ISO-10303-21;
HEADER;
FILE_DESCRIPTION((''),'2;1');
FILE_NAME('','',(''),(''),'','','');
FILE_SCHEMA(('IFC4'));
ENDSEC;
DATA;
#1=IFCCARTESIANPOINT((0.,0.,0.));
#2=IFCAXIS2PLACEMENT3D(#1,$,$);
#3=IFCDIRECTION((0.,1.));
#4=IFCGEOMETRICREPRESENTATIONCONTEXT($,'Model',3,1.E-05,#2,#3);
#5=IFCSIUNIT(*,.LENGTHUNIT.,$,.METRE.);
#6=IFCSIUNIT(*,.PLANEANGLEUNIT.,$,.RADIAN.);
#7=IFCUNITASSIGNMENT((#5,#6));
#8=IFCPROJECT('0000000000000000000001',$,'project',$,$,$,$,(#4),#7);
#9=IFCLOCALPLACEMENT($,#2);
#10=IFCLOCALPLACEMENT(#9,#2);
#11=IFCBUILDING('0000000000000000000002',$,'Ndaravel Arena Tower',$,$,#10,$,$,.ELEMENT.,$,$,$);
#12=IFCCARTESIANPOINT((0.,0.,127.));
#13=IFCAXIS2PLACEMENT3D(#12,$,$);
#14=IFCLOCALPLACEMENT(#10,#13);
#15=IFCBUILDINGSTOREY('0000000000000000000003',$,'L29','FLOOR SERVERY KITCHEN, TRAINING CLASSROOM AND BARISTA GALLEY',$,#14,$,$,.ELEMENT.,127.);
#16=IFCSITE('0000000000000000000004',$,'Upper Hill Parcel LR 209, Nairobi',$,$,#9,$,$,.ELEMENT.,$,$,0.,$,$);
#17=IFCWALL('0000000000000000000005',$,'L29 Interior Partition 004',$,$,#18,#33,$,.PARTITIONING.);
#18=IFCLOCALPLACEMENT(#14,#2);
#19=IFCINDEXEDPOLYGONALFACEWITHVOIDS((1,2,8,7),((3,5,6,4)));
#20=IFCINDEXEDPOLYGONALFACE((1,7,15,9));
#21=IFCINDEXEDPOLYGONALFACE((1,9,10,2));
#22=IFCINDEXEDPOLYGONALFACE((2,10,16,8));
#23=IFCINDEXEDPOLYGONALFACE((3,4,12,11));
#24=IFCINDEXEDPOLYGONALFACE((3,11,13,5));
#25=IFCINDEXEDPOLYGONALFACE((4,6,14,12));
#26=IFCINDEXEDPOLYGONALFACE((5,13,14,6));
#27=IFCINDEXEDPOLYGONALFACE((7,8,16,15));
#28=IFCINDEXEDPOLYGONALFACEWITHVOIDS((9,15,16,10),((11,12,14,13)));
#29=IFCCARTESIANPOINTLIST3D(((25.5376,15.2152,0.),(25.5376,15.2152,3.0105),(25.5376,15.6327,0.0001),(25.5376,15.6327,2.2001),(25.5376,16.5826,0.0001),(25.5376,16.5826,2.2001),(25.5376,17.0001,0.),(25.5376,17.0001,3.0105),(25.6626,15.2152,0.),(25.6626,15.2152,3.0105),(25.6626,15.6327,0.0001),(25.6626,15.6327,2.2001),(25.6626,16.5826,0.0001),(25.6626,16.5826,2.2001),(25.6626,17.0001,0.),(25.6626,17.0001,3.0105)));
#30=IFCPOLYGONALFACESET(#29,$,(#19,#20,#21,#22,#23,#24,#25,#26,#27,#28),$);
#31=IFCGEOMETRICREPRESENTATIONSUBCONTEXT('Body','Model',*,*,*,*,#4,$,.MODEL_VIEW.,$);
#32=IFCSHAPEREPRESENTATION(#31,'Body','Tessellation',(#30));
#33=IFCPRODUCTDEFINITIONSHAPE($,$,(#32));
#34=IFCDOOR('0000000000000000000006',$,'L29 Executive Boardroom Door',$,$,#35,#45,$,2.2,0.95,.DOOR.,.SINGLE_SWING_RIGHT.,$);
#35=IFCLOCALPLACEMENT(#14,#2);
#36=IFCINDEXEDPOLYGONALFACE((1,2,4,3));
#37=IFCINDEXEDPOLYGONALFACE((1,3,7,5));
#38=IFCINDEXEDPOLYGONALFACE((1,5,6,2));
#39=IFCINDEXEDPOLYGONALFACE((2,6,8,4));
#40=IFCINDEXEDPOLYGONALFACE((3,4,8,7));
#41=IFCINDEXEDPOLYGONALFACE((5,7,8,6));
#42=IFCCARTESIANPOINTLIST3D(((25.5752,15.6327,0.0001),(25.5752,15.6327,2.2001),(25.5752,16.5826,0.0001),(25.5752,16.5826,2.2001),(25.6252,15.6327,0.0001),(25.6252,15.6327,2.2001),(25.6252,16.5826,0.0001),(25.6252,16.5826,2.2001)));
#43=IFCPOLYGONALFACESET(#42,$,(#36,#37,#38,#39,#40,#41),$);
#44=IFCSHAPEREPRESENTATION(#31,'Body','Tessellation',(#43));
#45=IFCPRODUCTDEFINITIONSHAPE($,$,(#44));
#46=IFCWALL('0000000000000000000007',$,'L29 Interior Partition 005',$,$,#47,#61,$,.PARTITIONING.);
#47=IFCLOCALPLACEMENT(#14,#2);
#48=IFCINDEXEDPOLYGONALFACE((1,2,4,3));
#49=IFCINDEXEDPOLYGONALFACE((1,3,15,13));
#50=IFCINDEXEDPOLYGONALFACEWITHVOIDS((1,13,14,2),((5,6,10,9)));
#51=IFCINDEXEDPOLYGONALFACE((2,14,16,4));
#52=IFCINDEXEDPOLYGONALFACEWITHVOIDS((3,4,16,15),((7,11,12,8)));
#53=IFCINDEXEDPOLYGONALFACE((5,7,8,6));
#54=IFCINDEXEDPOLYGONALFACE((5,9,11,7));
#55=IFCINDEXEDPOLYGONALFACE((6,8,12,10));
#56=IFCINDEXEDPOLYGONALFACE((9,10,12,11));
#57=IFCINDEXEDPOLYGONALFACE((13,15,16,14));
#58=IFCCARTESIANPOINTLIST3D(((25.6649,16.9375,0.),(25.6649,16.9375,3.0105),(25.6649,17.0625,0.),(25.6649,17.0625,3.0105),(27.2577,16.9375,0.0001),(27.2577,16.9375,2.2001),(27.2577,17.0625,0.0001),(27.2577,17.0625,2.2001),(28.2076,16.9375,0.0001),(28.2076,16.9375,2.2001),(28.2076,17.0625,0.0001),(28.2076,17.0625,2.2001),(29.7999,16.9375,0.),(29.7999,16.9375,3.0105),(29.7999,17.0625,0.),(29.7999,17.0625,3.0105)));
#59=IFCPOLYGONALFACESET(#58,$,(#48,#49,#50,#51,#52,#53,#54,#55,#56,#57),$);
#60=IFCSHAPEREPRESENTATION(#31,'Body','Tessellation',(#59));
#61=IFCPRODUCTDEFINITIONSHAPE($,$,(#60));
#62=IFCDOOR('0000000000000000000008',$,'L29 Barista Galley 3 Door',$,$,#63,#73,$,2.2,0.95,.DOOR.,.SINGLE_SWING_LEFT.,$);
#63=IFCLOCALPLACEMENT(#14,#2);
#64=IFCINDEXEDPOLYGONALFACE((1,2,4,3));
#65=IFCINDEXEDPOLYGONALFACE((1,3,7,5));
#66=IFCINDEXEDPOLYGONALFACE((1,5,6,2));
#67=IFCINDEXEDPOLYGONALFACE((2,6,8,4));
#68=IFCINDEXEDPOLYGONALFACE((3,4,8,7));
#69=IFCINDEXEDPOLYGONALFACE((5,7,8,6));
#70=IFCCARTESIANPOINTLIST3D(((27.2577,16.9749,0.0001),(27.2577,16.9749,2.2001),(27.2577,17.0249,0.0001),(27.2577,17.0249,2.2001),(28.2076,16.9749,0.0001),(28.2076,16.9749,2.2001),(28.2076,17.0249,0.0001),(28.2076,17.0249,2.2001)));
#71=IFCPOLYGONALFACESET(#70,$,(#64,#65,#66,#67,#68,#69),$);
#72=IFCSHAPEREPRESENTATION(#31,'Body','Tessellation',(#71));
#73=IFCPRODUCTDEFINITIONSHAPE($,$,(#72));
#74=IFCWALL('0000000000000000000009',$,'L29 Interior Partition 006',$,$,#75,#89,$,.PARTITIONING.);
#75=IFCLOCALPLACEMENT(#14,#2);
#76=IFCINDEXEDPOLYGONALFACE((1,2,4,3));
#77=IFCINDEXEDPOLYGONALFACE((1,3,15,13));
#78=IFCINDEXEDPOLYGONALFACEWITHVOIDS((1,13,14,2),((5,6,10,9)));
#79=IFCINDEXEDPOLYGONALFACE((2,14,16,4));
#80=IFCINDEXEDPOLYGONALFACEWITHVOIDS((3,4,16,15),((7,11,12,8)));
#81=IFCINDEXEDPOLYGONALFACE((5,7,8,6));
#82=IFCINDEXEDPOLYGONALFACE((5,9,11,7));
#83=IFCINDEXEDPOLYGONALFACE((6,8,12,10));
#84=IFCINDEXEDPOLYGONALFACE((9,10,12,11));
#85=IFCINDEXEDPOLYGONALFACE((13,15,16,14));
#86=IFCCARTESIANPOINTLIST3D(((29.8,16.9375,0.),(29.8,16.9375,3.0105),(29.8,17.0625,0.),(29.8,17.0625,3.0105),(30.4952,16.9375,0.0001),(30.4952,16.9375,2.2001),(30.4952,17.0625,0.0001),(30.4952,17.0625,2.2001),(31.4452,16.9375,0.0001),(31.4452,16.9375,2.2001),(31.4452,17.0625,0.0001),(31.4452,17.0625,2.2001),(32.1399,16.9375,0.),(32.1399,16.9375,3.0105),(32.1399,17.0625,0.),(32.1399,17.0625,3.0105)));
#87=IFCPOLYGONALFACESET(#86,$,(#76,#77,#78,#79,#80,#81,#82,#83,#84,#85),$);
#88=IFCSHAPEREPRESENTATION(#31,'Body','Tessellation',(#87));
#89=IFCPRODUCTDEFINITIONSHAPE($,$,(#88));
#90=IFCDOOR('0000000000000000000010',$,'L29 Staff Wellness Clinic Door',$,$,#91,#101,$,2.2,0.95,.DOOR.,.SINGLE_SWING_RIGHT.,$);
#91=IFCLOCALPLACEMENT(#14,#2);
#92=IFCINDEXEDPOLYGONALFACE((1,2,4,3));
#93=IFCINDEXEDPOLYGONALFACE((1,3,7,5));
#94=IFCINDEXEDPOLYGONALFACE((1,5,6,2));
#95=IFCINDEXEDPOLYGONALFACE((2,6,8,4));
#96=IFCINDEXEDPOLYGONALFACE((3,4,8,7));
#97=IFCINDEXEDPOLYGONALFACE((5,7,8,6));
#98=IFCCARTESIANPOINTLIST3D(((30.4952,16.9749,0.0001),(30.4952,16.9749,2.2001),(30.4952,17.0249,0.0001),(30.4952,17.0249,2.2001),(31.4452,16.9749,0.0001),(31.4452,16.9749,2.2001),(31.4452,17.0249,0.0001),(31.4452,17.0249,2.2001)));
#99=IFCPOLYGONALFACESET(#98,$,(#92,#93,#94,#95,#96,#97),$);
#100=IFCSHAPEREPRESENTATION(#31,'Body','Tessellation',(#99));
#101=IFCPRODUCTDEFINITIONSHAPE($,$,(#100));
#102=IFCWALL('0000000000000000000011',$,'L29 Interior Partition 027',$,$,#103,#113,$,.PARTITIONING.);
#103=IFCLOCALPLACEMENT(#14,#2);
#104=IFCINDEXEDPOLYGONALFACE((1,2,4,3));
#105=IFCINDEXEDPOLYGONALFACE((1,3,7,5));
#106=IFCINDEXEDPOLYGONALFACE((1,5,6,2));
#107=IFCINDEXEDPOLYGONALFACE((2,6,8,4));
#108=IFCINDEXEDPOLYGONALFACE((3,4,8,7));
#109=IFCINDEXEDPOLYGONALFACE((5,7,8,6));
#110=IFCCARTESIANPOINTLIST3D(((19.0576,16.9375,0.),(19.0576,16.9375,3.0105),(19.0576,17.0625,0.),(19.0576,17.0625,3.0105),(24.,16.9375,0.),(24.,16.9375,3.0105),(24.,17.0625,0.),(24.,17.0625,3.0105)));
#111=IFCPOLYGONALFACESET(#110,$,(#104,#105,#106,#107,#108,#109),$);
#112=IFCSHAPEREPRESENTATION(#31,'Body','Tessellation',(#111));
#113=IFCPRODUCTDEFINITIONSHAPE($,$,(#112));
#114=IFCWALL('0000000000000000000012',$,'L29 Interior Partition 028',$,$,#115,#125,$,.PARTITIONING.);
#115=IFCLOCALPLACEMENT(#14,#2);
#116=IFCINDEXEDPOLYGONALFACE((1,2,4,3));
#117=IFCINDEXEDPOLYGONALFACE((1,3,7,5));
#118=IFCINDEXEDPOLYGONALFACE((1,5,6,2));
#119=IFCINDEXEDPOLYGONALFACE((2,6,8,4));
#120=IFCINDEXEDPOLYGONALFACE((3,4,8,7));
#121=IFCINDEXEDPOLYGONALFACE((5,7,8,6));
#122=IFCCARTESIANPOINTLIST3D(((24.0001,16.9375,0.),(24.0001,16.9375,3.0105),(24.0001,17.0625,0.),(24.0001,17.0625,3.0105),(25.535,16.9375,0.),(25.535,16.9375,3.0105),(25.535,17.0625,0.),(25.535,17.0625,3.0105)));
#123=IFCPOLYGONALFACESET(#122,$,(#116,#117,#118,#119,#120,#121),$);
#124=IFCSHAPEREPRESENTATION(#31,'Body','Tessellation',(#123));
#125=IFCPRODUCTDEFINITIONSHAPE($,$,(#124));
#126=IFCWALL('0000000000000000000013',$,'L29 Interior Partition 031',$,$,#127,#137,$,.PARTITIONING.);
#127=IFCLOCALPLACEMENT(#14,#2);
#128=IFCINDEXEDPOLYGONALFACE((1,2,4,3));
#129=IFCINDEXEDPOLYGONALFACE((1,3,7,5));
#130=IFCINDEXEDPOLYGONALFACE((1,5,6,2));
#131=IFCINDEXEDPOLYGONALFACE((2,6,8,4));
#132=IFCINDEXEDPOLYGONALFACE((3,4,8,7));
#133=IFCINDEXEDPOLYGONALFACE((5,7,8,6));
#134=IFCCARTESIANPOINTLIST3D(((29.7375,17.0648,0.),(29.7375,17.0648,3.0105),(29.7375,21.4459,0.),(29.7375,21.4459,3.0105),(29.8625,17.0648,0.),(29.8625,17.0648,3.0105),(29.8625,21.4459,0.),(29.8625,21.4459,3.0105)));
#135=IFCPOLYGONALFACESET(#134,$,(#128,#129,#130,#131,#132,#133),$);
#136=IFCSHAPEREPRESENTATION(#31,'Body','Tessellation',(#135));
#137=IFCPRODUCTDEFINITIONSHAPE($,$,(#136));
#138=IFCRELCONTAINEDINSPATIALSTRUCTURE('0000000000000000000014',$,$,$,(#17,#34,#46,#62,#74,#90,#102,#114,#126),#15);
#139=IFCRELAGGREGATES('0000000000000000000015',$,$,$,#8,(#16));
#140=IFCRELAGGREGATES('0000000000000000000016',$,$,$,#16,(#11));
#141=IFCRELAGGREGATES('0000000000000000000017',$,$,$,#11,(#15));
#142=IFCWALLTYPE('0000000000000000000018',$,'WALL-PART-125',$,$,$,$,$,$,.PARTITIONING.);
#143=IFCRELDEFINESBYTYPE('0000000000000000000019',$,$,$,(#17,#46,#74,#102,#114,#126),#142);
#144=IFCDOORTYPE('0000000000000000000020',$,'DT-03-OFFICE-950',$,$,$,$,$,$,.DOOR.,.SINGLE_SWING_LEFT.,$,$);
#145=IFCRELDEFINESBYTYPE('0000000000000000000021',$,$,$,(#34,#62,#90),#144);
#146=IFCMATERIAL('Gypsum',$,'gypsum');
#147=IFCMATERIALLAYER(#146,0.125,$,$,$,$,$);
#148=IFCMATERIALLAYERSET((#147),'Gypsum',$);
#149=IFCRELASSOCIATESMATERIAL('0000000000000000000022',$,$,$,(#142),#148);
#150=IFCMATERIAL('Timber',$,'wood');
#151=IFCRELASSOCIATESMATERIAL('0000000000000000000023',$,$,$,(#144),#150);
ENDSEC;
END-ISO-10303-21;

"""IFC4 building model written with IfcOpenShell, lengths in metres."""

from ifc_helpers import new_model, si_unit, direction, frame, frame_2d, origin, place, context, subcontext, project, spatial, rectangle, extrude, material, layer, layer_set, type_object, element, fill, save


model = new_model("IFC4")

# Units and contexts
model_context = context("Model", 3, precision=1e-05, world=origin(), true_north=direction((0.0, 1.0)))
body_context = subcontext(model_context, "Body", "Model", "MODEL_VIEW")
ifc_project = project(units=[si_unit("LENGTHUNIT", "METRE"), si_unit("PLANEANGLEUNIT", "RADIAN")], contexts=[model_context])

# Site, building, storey
site_placement = place(None, origin())
site = spatial("IfcSite", under=ifc_project, at=site_placement, Name="Upper Hill Parcel LR 209, Nairobi", CompositionType="ELEMENT", RefElevation=0.0)
building_placement = place(site_placement, origin())
building = spatial("IfcBuilding", under=site, at=building_placement, Name="Ndaravel Arena Tower", CompositionType="ELEMENT")
storey_placement = place(building_placement, frame((0.0, 0.0, 127.0)))
storey = spatial("IfcBuildingStorey", under=building, at=storey_placement, Name="L29", Description="FLOOR SERVERY KITCHEN, TRAINING CLASSROOM AND BARISTA GALLEY", CompositionType="ELEMENT", Elevation=127.0)

# Shared definitions
ifc_material_1 = material(Name="Gypsum", Category="gypsum")
ifc_layer_1 = layer(ifc_material_1, 0.125)
ifc_layer_set_1 = layer_set([ifc_layer_1], Name="Gypsum")
wall_type = type_object("IfcWallType", Name="WALL-PART-125", PredefinedType="PARTITIONING", material=ifc_layer_set_1)

# Walls, openings, doors
wall_1_placement = place(storey_placement, frame((25.6001, 15.2151, 0.0), z_axis=(0.0, 0.0, 1.0), x_axis=(0.0, 1.0, 0.0)))
wall_1 = element("IfcWall", 1, at=wall_1_placement, inside=storey, type_object=wall_type, Name="L29 Interior Partition 004", PredefinedType="PARTITIONING", context=body_context, shape_type="SweptSolid", body=[
    extrude(rectangle(XDim=1.7849, YDim=0.125, at=frame_2d((0.8926, 0.0))), origin(), (0.0, 0.0, 1.0), 3.0105),
])
opening_1_placement = place(wall_1_placement, frame((0.4175, 0.0, 0.0)))
opening_1 = element("IfcOpeningElement", 2, at=opening_1_placement, cuts=wall_1, PredefinedType="OPENING", context=body_context, shape_type="SweptSolid", body=[
    extrude(rectangle(XDim=0.95, YDim=2.2, at=frame_2d((0.4751, 1.1001))), frame((0.0, 0.0625, 0.0), z_axis=(0.0, -1.0, 0.0), x_axis=(1.0, 0.0, 0.0)), (0.0, 0.0, 1.0), 0.125),
])
ifc_material_2 = material(Name="Timber", Category="wood")
door_type = type_object("IfcDoorType", Name="DT-03-OFFICE-950", OperationType="SINGLE_SWING_LEFT", PredefinedType="DOOR", material=ifc_material_2)
door_1_placement = place(opening_1_placement, origin())
door_1 = element("IfcDoor", 3, at=door_1_placement, inside=storey, type_object=door_type, Name="L29 Executive Boardroom Door", OperationType="SINGLE_SWING_RIGHT", OverallHeight=2.2, OverallWidth=0.95, PredefinedType="DOOR", context=body_context, shape_type="SweptSolid", body=[
    extrude(rectangle(XDim=0.95, YDim=2.2, at=frame_2d((0.4751, 1.1001))), frame((0.0, 0.0249, 0.0), z_axis=(0.0, -1.0, 0.0), x_axis=(1.0, 0.0, 0.0)), (0.0, 0.0, 1.0), 0.05),
])
fill(opening_1, door_1)
wall_2_placement = place(storey_placement, frame((25.665, 17.0, 0.0), z_axis=(0.0, 0.0, 1.0), x_axis=(1.0, 0.0, 0.0)))
wall_2 = element("IfcWall", 4, at=wall_2_placement, inside=storey, type_object=wall_type, Name="L29 Interior Partition 005", PredefinedType="PARTITIONING", context=body_context, shape_type="SweptSolid", body=[
    extrude(rectangle(XDim=4.135, YDim=0.125, at=frame_2d((2.0674, 0.0))), origin(), (0.0, 0.0, 1.0), 3.0105),
])
opening_2_placement = place(wall_2_placement, frame((1.5925, 0.0, 0.0)))
opening_2 = element("IfcOpeningElement", 5, at=opening_2_placement, cuts=wall_2, PredefinedType="OPENING", context=body_context, shape_type="SweptSolid", body=[
    extrude(rectangle(XDim=0.95, YDim=2.2, at=frame_2d((0.4751, 1.1001))), frame((0.0, 0.0625, 0.0), z_axis=(0.0, -1.0, 0.0), x_axis=(1.0, 0.0, 0.0)), (0.0, 0.0, 1.0), 0.125),
])
door_2_placement = place(opening_2_placement, origin())
door_2 = element("IfcDoor", 6, at=door_2_placement, inside=storey, type_object=door_type, Name="L29 Barista Galley 3 Door", OperationType="SINGLE_SWING_LEFT", OverallHeight=2.2, OverallWidth=0.95, PredefinedType="DOOR", context=body_context, shape_type="SweptSolid", body=[
    extrude(rectangle(XDim=0.95, YDim=2.2, at=frame_2d((0.4751, 1.1001))), frame((0.0, 0.0249, 0.0), z_axis=(0.0, -1.0, 0.0), x_axis=(1.0, 0.0, 0.0)), (0.0, 0.0, 1.0), 0.05),
])
fill(opening_2, door_2)
wall_3_placement = place(storey_placement, frame((29.8, 17.0, 0.0), z_axis=(0.0, 0.0, 1.0), x_axis=(1.0, 0.0, 0.0)))
wall_3 = element("IfcWall", 7, at=wall_3_placement, inside=storey, type_object=wall_type, Name="L29 Interior Partition 006", PredefinedType="PARTITIONING", context=body_context, shape_type="SweptSolid", body=[
    extrude(rectangle(XDim=2.3398, YDim=0.125, at=frame_2d((1.1699, 0.0))), origin(), (0.0, 0.0, 1.0), 3.0105),
])
opening_3_placement = place(wall_3_placement, frame((0.6951, 0.0, 0.0)))
opening_3 = element("IfcOpeningElement", 8, at=opening_3_placement, cuts=wall_3, PredefinedType="OPENING", context=body_context, shape_type="SweptSolid", body=[
    extrude(rectangle(XDim=0.95, YDim=2.2, at=frame_2d((0.4751, 1.1001))), frame((0.0, 0.0625, 0.0), z_axis=(0.0, -1.0, 0.0), x_axis=(1.0, 0.0, 0.0)), (0.0, 0.0, 1.0), 0.125),
])
door_3_placement = place(opening_3_placement, origin())
door_3 = element("IfcDoor", 9, at=door_3_placement, inside=storey, type_object=door_type, Name="L29 Staff Wellness Clinic Door", OperationType="SINGLE_SWING_RIGHT", OverallHeight=2.2, OverallWidth=0.95, PredefinedType="DOOR", context=body_context, shape_type="SweptSolid", body=[
    extrude(rectangle(XDim=0.95, YDim=2.2, at=frame_2d((0.4751, 1.1001))), frame((0.0, 0.0249, 0.0), z_axis=(0.0, -1.0, 0.0), x_axis=(1.0, 0.0, 0.0)), (0.0, 0.0, 1.0), 0.05),
])
fill(opening_3, door_3)

# Walls
wall_4_placement = place(storey_placement, frame((19.0576, 17.0, 0.0), z_axis=(0.0, 0.0, 1.0), x_axis=(1.0, 0.0, 0.0)))
element("IfcWall", 10, at=wall_4_placement, inside=storey, type_object=wall_type, Name="L29 Interior Partition 027", PredefinedType="PARTITIONING", context=body_context, shape_type="SweptSolid", body=[
    extrude(rectangle(XDim=4.9424, YDim=0.125, at=frame_2d((2.4712, 0.0))), origin(), (0.0, 0.0, 1.0), 3.0105),
])
wall_5_placement = place(storey_placement, frame((24.0, 17.0, 0.0), z_axis=(0.0, 0.0, 1.0), x_axis=(1.0, 0.0, 0.0)))
element("IfcWall", 11, at=wall_5_placement, inside=storey, type_object=wall_type, Name="L29 Interior Partition 028", PredefinedType="PARTITIONING", context=body_context, shape_type="SweptSolid", body=[
    extrude(rectangle(XDim=1.5349, YDim=0.125, at=frame_2d((0.7676, 0.0))), origin(), (0.0, 0.0, 1.0), 3.0105),
])
wall_6_placement = place(storey_placement, frame((29.8, 17.0649, 0.0), z_axis=(0.0, 0.0, 1.0), x_axis=(0.0, 1.0, 0.0)))
element("IfcWall", 12, at=wall_6_placement, inside=storey, type_object=wall_type, Name="L29 Interior Partition 031", PredefinedType="PARTITIONING", context=body_context, shape_type="SweptSolid", body=[
    extrude(rectangle(XDim=4.3811, YDim=0.125, at=frame_2d((2.1904, 0.0))), origin(), (0.0, 0.0, 1.0), 3.0105),
])

save(model, "model.ifc")
